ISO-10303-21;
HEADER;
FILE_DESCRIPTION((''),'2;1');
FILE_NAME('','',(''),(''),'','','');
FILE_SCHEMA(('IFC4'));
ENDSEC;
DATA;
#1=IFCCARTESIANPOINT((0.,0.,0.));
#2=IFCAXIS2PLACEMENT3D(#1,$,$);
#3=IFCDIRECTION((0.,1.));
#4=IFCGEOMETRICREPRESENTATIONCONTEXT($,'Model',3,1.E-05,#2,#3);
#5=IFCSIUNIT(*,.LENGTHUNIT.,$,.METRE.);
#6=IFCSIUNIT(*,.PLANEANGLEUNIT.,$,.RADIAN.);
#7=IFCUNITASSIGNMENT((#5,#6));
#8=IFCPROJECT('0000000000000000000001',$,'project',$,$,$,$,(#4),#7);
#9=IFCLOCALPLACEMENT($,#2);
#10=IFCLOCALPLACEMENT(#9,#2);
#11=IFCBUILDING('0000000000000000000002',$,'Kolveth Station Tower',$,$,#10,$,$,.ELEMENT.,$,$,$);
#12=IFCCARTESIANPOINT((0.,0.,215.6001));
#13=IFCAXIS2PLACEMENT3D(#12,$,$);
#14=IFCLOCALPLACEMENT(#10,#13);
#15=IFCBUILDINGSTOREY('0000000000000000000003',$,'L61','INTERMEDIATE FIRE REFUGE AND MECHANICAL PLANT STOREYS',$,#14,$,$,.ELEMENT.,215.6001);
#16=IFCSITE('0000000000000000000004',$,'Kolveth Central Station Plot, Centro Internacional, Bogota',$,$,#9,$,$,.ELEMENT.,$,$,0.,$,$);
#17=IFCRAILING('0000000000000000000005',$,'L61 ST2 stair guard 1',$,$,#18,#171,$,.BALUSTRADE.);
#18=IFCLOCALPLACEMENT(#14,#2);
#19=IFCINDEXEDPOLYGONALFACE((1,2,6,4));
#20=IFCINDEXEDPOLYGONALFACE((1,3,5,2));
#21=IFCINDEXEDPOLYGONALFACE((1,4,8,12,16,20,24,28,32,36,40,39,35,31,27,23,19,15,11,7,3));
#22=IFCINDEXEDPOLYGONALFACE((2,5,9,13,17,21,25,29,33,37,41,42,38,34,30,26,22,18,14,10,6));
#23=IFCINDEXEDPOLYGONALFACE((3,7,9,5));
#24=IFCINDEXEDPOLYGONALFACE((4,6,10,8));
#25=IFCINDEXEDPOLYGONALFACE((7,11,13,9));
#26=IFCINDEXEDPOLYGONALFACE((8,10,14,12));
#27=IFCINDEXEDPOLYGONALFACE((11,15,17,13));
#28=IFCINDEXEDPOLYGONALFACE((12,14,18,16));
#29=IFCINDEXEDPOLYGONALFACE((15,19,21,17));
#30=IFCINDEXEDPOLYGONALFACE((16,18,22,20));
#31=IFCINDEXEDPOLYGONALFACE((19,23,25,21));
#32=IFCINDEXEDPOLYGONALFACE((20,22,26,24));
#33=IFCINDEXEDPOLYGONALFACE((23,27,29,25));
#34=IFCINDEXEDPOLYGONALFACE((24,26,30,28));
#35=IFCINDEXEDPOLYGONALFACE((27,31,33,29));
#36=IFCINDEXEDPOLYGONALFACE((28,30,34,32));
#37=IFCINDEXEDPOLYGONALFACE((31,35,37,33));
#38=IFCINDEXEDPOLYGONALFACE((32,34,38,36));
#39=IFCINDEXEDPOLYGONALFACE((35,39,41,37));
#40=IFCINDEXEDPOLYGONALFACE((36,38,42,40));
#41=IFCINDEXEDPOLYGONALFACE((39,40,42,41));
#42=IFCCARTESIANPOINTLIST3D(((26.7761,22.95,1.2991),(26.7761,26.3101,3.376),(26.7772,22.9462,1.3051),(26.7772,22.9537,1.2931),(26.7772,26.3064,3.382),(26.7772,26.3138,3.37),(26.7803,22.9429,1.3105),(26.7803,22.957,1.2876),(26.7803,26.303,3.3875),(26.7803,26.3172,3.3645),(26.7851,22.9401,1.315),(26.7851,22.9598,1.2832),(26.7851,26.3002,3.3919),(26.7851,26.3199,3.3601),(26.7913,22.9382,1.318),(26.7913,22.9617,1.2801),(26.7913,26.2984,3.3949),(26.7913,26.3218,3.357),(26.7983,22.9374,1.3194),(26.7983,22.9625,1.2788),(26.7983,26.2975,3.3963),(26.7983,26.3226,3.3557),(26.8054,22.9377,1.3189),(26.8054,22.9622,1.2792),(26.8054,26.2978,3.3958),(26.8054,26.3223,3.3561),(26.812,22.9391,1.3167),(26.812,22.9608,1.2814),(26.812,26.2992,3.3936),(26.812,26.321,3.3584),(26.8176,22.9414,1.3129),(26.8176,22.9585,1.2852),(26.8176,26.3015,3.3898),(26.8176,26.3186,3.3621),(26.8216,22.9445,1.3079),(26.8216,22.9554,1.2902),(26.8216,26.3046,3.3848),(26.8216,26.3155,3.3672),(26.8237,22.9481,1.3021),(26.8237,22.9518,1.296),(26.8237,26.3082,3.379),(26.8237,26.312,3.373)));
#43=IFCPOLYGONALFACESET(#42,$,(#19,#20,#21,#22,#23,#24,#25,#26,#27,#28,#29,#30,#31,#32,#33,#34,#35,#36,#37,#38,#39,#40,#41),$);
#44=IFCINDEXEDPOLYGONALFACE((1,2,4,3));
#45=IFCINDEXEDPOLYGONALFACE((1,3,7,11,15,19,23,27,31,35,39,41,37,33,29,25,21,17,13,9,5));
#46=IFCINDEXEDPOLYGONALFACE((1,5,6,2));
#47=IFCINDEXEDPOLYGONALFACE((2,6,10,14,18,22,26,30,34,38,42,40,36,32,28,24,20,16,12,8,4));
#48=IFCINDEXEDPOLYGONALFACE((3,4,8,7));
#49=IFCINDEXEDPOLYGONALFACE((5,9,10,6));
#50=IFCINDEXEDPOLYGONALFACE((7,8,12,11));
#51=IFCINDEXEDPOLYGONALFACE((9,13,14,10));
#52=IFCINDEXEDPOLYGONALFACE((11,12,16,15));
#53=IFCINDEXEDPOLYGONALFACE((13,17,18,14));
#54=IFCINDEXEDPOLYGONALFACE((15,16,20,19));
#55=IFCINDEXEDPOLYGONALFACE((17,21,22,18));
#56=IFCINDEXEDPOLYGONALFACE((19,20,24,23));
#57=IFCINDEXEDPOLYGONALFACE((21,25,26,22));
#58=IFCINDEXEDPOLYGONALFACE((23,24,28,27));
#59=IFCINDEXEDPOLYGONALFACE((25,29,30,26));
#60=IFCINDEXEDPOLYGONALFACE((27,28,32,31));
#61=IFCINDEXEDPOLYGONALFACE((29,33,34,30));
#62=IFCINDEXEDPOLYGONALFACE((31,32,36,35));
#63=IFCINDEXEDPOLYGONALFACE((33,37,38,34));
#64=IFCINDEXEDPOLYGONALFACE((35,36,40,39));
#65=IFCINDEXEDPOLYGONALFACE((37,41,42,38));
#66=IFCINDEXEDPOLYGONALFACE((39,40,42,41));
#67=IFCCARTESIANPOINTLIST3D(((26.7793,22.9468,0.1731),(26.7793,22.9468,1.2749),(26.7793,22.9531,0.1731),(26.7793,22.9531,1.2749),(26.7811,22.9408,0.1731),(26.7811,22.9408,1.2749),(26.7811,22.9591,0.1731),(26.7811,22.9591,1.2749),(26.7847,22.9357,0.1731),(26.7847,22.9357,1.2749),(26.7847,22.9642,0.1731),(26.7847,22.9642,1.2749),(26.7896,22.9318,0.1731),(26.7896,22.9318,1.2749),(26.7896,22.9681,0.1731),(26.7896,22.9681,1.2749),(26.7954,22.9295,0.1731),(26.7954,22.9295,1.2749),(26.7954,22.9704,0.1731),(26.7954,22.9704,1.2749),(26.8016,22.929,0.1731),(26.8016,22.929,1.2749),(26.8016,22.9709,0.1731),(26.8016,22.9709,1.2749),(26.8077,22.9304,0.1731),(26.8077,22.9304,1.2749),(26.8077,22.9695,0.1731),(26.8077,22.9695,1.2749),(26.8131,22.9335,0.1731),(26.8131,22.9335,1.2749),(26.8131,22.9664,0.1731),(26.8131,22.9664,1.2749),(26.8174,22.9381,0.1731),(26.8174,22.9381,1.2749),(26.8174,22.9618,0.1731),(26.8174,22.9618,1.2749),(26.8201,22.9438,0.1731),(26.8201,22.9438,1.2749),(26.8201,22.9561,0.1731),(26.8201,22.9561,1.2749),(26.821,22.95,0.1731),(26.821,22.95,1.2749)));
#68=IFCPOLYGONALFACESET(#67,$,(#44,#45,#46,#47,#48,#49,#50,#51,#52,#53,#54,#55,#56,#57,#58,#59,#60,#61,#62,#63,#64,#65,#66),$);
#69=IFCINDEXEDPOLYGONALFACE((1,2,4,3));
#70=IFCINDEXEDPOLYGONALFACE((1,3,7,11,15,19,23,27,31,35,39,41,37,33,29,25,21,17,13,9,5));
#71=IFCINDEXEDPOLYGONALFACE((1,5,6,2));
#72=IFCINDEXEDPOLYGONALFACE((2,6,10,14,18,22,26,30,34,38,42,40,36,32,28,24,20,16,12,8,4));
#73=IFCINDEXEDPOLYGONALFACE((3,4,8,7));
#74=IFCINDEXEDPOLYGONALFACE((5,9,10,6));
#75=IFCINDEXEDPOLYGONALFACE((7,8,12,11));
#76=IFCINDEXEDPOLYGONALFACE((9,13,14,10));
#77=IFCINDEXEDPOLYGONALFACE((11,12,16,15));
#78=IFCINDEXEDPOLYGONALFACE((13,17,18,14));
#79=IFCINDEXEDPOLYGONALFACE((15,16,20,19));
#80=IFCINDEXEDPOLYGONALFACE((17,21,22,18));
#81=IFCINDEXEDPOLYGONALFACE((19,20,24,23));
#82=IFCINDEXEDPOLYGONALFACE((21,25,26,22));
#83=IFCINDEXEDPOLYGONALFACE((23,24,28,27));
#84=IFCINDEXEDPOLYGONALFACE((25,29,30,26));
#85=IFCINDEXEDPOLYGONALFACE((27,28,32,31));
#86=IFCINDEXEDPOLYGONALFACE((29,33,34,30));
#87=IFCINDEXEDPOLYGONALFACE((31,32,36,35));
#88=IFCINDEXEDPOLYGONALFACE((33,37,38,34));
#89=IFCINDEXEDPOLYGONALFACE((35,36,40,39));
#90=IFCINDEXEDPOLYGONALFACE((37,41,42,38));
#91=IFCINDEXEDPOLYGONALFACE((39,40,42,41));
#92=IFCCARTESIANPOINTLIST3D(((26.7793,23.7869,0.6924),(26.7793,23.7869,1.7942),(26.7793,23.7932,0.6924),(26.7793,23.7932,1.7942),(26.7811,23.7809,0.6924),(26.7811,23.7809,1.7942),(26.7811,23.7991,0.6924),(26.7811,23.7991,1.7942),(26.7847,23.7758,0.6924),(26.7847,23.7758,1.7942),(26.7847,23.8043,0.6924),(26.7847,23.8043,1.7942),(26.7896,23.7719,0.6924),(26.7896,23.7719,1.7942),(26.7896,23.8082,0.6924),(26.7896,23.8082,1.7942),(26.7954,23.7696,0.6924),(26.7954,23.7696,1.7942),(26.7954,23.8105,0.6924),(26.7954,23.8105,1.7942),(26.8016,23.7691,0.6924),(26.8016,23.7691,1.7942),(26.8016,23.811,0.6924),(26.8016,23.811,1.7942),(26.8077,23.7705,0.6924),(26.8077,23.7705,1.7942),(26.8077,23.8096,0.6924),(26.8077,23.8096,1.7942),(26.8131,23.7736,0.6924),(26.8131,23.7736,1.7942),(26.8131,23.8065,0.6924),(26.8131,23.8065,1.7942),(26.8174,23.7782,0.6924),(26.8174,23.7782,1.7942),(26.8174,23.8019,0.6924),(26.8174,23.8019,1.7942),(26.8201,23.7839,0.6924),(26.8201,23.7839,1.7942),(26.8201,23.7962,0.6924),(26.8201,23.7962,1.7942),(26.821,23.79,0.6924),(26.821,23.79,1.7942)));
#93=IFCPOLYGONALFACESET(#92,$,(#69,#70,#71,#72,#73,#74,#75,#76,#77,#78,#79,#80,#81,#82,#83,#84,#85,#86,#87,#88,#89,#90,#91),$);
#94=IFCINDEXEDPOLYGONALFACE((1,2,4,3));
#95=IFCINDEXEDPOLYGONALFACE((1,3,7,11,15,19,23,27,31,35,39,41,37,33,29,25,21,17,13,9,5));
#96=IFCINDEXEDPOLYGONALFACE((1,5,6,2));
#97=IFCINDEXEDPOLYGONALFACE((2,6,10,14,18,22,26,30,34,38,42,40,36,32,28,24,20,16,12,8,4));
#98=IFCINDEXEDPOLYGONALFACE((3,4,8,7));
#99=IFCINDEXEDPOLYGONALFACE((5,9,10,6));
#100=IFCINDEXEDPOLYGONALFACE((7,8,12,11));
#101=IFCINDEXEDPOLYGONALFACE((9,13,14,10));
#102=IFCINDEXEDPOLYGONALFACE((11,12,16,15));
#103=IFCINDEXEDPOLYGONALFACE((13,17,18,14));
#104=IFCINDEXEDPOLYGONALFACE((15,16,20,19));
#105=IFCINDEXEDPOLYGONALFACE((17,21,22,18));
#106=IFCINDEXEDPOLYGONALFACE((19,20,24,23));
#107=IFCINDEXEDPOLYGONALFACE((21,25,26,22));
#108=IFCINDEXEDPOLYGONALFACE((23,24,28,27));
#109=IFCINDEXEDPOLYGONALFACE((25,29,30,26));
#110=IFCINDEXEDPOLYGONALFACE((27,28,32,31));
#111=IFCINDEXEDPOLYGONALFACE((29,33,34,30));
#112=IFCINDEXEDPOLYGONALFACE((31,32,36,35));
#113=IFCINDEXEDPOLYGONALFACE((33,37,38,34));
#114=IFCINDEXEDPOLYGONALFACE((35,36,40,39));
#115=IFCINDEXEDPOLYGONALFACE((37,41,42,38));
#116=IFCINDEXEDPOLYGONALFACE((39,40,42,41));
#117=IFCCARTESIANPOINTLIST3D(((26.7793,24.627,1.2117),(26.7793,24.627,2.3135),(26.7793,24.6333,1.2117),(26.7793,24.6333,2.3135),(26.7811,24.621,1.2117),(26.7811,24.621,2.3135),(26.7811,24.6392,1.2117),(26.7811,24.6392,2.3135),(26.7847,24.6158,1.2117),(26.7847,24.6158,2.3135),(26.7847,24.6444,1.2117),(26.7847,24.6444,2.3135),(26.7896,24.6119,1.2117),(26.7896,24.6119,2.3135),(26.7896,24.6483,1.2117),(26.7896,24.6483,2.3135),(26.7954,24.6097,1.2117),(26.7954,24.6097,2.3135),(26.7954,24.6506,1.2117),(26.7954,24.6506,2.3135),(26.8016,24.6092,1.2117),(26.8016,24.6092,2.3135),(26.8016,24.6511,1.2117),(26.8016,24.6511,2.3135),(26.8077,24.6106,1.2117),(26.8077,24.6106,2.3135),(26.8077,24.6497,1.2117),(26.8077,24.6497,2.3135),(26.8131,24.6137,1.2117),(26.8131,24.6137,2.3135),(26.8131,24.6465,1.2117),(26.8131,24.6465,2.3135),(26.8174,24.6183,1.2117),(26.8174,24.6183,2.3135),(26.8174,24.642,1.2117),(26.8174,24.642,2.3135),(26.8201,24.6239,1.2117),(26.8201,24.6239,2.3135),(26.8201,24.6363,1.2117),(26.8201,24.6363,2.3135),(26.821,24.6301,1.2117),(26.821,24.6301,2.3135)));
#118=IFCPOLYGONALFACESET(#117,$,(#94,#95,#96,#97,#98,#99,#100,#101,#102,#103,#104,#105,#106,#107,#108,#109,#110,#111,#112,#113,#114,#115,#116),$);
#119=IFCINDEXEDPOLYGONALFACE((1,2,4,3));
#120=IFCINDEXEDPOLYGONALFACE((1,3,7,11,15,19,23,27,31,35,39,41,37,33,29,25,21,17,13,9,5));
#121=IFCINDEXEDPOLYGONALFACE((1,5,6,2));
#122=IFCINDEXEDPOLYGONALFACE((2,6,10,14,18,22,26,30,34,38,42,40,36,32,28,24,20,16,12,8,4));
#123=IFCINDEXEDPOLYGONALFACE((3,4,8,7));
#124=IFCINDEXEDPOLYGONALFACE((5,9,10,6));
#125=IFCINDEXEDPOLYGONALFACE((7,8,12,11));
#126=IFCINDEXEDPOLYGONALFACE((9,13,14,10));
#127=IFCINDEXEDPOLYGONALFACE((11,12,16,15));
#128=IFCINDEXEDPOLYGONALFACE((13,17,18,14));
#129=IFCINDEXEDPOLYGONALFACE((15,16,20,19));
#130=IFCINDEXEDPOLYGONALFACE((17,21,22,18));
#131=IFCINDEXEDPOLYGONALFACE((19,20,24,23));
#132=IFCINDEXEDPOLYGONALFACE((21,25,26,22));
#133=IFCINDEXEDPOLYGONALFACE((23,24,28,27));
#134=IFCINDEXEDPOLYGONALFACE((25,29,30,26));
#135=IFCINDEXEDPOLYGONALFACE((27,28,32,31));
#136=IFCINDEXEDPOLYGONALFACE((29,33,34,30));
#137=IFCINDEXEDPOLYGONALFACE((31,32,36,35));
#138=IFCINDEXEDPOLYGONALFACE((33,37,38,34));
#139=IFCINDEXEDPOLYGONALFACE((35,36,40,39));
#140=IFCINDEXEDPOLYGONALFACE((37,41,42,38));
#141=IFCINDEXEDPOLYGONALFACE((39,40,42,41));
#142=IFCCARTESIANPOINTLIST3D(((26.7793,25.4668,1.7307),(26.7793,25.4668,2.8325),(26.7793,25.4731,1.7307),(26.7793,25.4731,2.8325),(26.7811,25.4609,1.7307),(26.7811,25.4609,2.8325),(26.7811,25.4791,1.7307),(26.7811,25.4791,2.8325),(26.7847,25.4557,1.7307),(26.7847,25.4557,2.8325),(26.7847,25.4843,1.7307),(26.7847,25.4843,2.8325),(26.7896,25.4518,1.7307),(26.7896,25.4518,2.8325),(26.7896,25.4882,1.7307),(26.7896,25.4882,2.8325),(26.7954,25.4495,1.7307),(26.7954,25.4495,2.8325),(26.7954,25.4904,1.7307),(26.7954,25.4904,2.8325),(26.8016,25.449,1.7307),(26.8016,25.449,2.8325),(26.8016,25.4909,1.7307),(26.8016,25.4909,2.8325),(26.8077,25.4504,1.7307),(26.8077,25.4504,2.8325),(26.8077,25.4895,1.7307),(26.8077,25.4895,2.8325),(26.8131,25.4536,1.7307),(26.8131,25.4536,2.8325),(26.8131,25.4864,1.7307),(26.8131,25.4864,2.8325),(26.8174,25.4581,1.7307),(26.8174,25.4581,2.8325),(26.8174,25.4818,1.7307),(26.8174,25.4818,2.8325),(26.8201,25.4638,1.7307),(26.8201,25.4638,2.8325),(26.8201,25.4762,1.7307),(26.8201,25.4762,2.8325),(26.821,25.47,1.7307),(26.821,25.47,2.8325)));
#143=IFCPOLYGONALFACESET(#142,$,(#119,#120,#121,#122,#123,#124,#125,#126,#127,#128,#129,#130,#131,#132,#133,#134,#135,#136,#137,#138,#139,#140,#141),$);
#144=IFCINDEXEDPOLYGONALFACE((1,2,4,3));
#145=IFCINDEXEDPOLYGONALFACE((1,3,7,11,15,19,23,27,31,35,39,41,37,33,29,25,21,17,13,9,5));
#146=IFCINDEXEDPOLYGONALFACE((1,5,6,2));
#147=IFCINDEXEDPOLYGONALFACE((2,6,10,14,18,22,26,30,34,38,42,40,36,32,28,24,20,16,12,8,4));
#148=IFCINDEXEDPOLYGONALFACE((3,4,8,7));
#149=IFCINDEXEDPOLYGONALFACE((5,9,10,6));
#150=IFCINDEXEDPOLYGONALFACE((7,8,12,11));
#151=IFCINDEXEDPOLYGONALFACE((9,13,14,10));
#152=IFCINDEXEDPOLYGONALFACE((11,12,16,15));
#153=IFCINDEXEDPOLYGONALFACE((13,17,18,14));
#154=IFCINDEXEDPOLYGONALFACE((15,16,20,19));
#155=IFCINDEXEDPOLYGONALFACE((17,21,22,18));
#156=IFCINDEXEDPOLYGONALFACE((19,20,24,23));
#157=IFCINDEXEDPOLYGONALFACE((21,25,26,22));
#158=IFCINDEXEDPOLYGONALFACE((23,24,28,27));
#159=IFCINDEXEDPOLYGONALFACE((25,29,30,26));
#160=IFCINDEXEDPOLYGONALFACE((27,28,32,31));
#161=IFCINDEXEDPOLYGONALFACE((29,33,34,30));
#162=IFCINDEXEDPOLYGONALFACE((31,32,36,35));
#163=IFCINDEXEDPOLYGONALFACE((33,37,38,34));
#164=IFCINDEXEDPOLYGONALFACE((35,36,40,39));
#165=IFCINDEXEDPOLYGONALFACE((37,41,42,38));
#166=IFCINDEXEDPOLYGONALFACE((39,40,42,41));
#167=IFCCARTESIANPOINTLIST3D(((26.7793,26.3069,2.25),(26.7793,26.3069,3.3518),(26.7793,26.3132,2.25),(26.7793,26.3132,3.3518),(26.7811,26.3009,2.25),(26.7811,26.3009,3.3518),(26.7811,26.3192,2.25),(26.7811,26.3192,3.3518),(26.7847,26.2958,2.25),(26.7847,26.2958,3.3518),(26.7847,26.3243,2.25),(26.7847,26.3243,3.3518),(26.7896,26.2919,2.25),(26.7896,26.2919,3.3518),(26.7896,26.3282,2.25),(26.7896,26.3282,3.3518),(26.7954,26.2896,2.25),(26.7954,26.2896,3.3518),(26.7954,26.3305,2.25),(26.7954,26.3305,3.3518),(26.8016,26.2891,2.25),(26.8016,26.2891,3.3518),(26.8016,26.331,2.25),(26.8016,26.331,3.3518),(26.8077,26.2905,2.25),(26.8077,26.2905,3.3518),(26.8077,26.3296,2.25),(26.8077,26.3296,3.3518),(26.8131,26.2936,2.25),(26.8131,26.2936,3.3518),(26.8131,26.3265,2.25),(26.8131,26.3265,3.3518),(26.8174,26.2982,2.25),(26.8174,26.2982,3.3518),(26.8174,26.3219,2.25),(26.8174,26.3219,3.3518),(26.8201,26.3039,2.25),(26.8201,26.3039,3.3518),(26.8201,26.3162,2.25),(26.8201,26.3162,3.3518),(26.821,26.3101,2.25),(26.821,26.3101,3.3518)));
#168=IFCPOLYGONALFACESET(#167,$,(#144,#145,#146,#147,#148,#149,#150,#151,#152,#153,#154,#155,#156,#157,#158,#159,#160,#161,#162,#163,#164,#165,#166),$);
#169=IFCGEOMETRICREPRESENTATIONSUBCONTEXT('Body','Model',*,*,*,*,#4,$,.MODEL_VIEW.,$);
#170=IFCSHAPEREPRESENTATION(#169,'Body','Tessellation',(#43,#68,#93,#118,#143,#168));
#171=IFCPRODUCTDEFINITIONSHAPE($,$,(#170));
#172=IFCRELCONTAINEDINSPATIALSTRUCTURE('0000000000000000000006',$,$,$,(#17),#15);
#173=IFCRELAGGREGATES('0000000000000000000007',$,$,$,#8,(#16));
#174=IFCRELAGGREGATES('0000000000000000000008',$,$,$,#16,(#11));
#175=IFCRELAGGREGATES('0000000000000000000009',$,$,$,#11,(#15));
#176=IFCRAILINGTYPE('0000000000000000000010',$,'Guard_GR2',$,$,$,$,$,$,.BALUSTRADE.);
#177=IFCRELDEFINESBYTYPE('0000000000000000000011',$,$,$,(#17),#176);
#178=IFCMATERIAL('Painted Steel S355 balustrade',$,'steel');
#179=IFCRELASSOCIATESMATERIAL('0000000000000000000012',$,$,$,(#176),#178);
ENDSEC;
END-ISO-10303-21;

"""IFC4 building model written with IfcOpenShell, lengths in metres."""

from ifc_helpers import new_model, si_unit, direction, frame, origin, origin_2d, place, context, subcontext, project, spatial, circle, extrude, material, type_object, element, save


model = new_model("IFC4")

# Units and contexts
model_context = context("Model", 3, precision=1e-05, world=origin(), true_north=direction((0.0, 1.0)))
body_context = subcontext(model_context, "Body", "Model", "MODEL_VIEW")
ifc_project = project(units=[si_unit("LENGTHUNIT", "METRE"), si_unit("PLANEANGLEUNIT", "RADIAN")], contexts=[model_context])

# Site, building, storey
site_placement = place(None, origin())
site = spatial("IfcSite", under=ifc_project, at=site_placement, Name="Kolveth Central Station Plot, Centro Internacional, Bogota", CompositionType="ELEMENT", RefElevation=0.0)
building_placement = place(site_placement, origin())
building = spatial("IfcBuilding", under=site, at=building_placement, Name="Kolveth Station Tower", CompositionType="ELEMENT")
storey_placement = place(building_placement, frame((0.0, 0.0, 215.6001)))
storey = spatial("IfcBuildingStorey", under=building, at=storey_placement, Name="L61", Description="INTERMEDIATE FIRE REFUGE AND MECHANICAL PLANT STOREYS", CompositionType="ELEMENT", Elevation=215.6001)

# Railing
ifc_material_1 = material(Name="Painted Steel S355 balustrade", Category="steel")
railing_type_1 = type_object("IfcRailingType", Name="Guard_GR2", PredefinedType="BALUSTRADE", material=ifc_material_1)
railing_1_placement = place(storey_placement, frame((26.8, 22.95, 0.1731)))
element("IfcRailing", 1, at=railing_1_placement, inside=storey, type_object=railing_type_1, Name="L61 ST2 stair guard 1", PredefinedType="BALUSTRADE", context=body_context, shape_type="SweptSolid", body=[
    extrude(circle(Radius=0.0239, at=origin_2d()), frame((0.0, 0.0, 1.126), z_axis=(0.0, 0.850623, 0.525776), x_axis=(-1.0, 0.0, 0.0)), (0.0, 0.0, 1.0), 3.9502),
    extrude(circle(Radius=0.021, at=origin_2d()), origin(), (0.0, 0.0, 1.0), 1.1018),
    extrude(circle(Radius=0.021, at=origin_2d()), frame((0.0, 0.8401, 0.5193)), (0.0, 0.0, 1.0), 1.1018),
    extrude(circle(Radius=0.021, at=origin_2d()), frame((0.0, 1.6802, 1.0386)), (0.0, 0.0, 1.0), 1.1018),
    extrude(circle(Radius=0.021, at=origin_2d()), frame((0.0, 2.52, 1.5576)), (0.0, 0.0, 1.0), 1.1018),
    extrude(circle(Radius=0.021, at=origin_2d()), frame((0.0, 3.3601, 2.0769)), (0.0, 0.0, 1.0), 1.1018),
])

save(model, "model.ifc")
